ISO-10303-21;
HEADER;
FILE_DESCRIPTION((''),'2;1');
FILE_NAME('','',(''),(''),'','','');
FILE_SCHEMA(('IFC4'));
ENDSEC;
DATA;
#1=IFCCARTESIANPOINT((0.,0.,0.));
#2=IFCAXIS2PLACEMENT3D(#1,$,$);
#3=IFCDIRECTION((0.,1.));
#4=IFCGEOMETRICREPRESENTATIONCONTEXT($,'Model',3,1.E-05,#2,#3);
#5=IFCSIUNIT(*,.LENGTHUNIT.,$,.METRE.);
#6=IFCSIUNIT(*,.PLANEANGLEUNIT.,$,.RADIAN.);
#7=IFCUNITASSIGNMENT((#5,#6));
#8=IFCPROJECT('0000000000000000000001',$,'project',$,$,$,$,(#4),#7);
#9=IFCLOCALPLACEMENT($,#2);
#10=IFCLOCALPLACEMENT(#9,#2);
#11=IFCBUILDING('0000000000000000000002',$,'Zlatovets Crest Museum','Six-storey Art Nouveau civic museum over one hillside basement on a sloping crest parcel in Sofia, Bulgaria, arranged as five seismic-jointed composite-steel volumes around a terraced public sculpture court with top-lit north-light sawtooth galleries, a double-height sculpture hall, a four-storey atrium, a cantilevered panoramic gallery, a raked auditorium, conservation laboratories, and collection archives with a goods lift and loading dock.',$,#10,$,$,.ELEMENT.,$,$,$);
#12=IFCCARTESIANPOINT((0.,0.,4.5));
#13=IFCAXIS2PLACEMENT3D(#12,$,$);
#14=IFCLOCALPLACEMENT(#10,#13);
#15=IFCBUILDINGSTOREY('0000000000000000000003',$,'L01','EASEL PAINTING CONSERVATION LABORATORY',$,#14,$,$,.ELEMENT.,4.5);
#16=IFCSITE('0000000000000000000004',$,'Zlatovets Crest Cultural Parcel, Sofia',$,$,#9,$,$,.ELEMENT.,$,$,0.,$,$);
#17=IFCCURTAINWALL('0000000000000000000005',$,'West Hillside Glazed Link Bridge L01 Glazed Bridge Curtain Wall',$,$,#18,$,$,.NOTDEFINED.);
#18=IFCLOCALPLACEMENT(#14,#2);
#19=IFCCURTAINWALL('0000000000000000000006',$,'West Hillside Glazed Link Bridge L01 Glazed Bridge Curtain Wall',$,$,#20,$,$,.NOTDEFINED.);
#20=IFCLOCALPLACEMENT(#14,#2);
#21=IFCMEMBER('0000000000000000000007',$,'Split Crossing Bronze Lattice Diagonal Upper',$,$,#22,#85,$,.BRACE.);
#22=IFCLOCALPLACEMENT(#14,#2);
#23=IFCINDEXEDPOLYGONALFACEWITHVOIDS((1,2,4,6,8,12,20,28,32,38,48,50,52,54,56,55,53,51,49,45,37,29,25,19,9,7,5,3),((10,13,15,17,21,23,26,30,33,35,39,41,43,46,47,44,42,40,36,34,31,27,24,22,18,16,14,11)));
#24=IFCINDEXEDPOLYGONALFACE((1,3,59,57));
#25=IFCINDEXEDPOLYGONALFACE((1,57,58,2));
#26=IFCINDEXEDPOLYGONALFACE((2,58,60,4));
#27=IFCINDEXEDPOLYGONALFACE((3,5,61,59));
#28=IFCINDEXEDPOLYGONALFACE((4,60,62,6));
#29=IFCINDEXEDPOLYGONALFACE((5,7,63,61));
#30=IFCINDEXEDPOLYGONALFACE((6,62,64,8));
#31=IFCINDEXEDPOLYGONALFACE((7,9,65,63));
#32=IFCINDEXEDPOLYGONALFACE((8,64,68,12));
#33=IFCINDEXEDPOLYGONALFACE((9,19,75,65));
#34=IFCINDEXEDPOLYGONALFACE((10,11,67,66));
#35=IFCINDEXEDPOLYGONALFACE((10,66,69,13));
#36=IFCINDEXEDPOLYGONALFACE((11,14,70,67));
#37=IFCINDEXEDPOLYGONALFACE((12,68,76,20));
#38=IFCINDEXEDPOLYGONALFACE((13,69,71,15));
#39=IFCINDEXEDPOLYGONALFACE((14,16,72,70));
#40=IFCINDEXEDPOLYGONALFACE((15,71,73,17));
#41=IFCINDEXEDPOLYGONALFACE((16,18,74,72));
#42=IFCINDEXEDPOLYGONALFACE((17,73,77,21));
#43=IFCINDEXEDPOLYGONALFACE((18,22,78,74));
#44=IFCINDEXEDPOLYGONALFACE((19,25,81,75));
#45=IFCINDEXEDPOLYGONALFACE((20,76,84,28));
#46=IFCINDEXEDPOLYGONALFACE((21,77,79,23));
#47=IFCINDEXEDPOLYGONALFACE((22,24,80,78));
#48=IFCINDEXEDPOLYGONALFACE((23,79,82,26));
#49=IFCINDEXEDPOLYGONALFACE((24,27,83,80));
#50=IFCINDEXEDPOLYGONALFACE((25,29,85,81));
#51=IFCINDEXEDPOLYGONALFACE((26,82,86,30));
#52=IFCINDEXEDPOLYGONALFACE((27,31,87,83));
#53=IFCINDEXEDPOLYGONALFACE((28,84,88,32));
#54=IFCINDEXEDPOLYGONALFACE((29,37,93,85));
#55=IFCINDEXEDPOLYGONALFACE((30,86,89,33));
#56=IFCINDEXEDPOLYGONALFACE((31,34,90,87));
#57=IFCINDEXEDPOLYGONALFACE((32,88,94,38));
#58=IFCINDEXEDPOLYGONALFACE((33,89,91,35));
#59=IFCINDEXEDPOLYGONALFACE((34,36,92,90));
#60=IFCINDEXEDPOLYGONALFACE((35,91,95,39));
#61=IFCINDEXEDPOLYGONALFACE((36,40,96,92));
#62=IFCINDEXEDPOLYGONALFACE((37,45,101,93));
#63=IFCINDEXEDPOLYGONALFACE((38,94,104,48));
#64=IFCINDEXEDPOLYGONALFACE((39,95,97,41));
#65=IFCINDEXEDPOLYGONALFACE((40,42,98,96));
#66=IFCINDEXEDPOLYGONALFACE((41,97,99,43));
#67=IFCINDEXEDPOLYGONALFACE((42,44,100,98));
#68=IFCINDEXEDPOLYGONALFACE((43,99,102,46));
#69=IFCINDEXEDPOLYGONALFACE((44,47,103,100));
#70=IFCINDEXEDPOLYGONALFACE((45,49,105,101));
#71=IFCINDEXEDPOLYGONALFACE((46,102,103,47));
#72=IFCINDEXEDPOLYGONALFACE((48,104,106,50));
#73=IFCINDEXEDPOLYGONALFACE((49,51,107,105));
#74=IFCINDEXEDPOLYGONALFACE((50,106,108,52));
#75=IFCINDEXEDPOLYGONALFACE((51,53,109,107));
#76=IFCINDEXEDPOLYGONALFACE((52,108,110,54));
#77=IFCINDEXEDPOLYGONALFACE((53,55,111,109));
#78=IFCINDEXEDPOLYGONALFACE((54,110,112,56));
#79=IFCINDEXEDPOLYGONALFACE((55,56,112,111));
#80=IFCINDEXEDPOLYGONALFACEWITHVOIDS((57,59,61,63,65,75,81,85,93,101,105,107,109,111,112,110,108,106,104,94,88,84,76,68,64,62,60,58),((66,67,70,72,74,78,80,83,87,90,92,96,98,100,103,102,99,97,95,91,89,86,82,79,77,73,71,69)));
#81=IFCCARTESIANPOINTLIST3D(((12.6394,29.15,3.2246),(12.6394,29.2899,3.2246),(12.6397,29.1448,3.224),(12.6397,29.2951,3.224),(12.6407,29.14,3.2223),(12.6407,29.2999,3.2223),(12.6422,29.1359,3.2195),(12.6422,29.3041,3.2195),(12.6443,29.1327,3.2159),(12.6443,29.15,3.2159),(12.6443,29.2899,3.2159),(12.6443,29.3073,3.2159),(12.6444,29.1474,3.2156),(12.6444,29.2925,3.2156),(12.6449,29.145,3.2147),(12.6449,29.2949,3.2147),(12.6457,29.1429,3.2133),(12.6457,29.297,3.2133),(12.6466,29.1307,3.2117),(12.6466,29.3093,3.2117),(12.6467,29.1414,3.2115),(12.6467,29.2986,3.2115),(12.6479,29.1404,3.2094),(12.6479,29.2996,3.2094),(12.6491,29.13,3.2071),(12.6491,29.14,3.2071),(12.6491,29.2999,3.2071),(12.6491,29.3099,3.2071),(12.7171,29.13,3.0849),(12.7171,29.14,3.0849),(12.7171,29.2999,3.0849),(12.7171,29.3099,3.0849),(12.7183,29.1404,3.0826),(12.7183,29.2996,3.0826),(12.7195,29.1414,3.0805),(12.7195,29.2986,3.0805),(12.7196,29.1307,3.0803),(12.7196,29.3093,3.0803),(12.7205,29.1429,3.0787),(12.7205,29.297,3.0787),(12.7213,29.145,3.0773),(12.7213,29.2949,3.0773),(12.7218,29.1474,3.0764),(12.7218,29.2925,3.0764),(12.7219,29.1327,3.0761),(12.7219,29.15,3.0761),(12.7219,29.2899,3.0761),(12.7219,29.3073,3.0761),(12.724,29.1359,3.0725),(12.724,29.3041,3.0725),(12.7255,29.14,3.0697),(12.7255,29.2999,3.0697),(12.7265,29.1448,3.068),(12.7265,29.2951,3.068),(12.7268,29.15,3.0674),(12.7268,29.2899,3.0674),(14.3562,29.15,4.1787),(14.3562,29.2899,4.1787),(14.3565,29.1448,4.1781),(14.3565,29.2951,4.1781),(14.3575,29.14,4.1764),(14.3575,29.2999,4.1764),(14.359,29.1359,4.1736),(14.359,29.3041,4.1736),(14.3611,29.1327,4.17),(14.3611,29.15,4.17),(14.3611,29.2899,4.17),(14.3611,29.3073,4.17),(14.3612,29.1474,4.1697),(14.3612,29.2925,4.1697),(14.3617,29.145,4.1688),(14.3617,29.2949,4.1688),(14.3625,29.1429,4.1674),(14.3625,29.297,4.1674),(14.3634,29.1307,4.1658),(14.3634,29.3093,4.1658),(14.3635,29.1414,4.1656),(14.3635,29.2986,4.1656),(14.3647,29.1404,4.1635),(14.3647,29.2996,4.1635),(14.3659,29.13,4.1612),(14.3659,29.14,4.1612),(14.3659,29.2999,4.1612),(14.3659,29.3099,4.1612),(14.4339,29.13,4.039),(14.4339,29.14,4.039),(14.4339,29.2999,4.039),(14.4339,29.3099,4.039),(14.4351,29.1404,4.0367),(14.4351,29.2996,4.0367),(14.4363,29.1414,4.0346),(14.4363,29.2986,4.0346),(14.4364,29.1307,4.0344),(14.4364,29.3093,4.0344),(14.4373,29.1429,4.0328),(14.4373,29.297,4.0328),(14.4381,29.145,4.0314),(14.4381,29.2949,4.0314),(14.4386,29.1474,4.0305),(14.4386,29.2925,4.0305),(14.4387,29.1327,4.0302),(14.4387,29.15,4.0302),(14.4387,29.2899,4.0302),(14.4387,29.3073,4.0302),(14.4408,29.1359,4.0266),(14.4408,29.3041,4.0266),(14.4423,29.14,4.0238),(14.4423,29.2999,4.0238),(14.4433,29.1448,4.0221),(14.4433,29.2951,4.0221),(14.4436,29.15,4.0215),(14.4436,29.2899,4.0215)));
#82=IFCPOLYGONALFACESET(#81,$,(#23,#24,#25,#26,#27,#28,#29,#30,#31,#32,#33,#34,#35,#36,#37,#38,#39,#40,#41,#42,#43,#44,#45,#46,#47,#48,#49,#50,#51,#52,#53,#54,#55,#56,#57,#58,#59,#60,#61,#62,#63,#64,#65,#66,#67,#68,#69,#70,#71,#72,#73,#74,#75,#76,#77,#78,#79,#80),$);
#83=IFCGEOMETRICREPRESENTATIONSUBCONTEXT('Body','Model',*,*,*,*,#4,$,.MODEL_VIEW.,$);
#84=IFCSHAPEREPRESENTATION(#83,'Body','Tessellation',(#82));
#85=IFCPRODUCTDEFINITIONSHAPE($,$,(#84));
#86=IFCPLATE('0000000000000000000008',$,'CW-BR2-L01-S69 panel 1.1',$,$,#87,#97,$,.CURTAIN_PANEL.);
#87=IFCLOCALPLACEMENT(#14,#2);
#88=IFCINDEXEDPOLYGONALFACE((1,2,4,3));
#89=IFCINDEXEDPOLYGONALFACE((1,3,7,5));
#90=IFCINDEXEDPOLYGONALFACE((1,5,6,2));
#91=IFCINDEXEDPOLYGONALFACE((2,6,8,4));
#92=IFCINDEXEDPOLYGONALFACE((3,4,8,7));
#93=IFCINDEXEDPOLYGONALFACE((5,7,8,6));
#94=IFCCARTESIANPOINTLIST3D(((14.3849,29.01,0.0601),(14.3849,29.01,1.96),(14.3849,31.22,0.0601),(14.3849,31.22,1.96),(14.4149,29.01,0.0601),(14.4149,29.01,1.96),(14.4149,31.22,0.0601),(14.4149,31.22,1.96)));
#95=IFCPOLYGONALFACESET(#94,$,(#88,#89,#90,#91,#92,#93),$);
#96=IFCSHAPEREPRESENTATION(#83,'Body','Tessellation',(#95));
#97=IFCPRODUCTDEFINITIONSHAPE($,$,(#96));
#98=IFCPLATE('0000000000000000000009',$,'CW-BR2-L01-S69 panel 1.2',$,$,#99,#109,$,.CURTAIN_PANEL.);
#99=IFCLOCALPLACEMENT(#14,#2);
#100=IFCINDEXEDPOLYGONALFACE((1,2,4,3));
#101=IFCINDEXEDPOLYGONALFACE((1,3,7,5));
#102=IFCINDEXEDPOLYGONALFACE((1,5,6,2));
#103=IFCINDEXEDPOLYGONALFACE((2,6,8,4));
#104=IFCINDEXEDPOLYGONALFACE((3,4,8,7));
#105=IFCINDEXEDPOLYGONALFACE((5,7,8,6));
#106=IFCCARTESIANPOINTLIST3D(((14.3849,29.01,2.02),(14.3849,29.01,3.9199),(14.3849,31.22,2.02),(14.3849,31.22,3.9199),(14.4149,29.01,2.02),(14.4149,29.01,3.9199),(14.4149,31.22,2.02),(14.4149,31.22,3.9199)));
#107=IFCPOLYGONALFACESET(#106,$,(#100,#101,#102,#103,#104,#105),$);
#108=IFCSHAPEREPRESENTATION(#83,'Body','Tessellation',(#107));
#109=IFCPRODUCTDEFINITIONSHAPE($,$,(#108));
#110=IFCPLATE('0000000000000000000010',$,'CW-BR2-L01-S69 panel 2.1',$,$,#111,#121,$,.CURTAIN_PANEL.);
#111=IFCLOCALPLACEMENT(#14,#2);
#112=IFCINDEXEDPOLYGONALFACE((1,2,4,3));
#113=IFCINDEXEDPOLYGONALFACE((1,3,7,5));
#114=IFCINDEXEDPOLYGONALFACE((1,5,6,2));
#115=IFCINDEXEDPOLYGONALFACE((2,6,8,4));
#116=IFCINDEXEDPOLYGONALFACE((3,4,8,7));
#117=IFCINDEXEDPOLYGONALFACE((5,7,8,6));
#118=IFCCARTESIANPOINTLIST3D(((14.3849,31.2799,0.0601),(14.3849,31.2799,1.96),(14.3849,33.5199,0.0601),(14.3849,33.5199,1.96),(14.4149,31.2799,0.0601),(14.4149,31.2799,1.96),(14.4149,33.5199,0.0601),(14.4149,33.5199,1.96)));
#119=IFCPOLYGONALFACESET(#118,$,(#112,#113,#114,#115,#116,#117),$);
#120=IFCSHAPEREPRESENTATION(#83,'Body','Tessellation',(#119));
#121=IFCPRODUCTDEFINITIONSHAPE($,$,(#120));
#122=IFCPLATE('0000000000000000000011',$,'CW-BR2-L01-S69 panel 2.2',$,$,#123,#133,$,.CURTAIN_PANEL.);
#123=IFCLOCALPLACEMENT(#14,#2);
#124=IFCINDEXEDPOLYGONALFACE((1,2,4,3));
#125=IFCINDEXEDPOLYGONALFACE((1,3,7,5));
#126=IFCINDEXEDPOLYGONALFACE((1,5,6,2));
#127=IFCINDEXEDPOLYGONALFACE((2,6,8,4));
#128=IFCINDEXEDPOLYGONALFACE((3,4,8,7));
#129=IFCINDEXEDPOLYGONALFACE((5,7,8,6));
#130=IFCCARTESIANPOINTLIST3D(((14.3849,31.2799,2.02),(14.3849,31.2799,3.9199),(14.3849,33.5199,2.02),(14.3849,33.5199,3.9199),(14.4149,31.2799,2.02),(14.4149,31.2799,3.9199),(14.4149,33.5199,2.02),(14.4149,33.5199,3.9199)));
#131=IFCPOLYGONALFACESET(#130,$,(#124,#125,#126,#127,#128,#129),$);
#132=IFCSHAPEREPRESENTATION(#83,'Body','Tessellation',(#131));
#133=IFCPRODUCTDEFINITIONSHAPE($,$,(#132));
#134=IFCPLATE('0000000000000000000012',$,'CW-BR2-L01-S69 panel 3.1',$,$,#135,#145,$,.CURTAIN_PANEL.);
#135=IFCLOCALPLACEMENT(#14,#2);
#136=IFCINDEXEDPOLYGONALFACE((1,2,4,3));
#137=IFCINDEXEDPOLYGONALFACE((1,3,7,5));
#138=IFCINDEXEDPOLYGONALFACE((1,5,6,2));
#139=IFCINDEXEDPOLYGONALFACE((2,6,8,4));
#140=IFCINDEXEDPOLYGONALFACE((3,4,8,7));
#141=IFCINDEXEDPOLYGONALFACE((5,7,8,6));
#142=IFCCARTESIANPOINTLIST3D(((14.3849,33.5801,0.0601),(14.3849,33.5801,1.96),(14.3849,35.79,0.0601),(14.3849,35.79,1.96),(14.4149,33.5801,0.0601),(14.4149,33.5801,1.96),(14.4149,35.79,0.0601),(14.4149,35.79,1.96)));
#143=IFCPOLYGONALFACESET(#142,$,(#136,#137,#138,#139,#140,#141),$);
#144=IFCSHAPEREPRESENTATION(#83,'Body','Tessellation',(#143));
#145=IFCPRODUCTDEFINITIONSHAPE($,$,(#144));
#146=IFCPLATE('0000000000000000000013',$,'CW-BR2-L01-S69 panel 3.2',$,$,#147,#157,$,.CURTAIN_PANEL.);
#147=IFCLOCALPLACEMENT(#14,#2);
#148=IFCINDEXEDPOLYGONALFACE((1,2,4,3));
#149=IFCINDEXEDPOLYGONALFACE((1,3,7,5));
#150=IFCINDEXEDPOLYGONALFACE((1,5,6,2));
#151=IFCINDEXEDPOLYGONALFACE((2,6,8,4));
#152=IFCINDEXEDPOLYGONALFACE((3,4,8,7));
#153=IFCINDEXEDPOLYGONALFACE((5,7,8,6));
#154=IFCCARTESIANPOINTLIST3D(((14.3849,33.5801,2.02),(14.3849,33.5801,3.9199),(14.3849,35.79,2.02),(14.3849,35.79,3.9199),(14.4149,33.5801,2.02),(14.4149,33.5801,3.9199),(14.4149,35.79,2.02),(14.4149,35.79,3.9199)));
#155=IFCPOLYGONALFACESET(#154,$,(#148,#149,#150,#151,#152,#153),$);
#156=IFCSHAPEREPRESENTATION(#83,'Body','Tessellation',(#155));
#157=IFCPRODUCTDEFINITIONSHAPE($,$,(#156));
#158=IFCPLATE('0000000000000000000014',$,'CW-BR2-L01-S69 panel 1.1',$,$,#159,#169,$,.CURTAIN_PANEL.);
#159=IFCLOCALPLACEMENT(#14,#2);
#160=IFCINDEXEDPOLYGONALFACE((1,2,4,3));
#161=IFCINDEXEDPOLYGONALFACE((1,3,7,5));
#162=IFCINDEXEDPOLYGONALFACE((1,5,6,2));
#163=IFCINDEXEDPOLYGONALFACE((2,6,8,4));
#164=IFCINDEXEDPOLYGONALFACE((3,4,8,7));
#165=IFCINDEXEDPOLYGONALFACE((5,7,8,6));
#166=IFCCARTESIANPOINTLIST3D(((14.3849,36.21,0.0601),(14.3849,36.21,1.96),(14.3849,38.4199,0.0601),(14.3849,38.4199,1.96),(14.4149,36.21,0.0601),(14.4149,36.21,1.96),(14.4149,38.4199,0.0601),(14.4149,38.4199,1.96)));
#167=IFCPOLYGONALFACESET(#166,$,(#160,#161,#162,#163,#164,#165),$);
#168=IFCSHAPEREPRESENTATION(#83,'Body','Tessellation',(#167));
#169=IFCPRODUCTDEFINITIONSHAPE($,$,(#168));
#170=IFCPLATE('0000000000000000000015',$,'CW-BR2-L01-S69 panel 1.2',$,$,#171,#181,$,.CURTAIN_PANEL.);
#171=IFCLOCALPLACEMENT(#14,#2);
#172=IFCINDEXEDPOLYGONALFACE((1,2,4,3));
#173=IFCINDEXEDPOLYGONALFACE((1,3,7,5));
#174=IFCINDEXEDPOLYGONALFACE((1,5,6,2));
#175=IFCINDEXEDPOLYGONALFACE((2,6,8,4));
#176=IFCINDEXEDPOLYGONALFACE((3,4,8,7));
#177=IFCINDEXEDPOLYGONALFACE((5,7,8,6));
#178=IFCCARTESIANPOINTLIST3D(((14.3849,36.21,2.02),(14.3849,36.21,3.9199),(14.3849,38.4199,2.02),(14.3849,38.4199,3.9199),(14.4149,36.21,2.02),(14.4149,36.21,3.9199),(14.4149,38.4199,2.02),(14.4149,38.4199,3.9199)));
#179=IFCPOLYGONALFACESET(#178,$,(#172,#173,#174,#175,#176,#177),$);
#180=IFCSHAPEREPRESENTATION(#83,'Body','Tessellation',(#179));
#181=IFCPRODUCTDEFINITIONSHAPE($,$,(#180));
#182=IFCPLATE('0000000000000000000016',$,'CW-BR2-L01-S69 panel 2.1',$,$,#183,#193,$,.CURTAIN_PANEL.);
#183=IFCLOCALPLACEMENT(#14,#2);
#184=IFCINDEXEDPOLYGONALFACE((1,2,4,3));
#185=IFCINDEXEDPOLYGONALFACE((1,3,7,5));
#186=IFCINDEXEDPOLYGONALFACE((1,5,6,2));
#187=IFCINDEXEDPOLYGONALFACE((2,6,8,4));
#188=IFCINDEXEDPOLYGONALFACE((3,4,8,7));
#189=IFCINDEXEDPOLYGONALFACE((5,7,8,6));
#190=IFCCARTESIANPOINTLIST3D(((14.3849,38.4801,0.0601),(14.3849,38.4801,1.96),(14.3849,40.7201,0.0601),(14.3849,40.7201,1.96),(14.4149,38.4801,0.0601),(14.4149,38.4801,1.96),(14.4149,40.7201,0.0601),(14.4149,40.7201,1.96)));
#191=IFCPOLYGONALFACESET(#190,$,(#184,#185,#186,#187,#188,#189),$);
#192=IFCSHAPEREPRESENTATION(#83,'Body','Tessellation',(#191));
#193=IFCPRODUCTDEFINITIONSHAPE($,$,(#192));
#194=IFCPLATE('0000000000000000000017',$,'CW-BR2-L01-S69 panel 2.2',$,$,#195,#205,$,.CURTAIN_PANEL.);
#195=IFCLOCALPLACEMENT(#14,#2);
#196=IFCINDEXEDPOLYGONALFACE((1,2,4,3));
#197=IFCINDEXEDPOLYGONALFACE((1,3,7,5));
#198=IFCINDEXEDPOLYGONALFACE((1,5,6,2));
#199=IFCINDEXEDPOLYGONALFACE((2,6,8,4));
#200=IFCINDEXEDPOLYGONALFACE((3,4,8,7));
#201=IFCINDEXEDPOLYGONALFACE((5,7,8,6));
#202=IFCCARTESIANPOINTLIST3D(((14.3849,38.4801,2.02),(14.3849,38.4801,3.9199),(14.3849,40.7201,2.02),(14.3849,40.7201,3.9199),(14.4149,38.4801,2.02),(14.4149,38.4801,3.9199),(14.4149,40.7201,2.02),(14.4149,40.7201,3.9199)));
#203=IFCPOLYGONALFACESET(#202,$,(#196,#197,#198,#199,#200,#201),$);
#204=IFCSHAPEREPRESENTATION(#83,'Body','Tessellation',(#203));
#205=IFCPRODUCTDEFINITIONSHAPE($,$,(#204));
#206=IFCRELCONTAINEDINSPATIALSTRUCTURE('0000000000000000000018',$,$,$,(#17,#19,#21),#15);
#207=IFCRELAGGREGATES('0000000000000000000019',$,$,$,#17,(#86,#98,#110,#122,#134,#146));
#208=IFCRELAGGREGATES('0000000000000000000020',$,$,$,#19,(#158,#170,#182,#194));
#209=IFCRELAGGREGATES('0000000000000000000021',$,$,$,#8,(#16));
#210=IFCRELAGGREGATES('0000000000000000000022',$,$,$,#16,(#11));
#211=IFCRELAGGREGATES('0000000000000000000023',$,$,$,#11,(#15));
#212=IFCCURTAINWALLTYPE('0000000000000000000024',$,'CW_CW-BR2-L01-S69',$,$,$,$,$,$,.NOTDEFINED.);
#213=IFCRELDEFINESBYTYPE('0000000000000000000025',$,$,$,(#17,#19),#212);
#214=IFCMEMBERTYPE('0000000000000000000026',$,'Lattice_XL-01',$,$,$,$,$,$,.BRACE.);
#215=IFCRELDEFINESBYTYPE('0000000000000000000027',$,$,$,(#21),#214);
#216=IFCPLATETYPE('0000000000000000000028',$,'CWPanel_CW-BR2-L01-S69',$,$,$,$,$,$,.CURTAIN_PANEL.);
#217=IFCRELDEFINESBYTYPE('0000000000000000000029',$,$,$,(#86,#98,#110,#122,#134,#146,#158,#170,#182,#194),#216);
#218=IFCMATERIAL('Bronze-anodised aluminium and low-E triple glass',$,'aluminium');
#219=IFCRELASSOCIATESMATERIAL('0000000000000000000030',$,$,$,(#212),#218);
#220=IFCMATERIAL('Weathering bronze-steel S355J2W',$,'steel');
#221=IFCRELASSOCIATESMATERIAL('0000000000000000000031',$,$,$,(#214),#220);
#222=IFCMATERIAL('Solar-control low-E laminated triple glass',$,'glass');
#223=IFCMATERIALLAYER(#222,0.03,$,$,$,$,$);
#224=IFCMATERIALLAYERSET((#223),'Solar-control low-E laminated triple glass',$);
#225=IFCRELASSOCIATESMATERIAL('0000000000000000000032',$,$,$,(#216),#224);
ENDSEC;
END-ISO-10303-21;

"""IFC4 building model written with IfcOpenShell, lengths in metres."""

from ifc_helpers import new_model, si_unit, direction, frame, origin, origin_2d, place, context, subcontext, project, spatial, rectangle, hollow_rectangle, extrude, material, layer, layer_set, material_profile, profile_set, type_object, element, aggregate, save


model = new_model("IFC4")

# Units and contexts
model_context = context("Model", 3, precision=1e-05, world=origin(), true_north=direction((0.0, 1.0)))
body_context = subcontext(model_context, "Body", "Model", "MODEL_VIEW")
ifc_project = project(units=[si_unit("LENGTHUNIT", "METRE"), si_unit("PLANEANGLEUNIT", "RADIAN")], contexts=[model_context])

# Site, building, storey
site_placement = place(None, origin())
site = spatial("IfcSite", under=ifc_project, at=site_placement, Name="Zlatovets Crest Cultural Parcel, Sofia", CompositionType="ELEMENT", RefElevation=0.0)
building_placement = place(site_placement, origin())
building = spatial("IfcBuilding", under=site, at=building_placement, Name="Zlatovets Crest Museum", Description="Six-storey Art Nouveau civic museum over one hillside basement on a sloping crest parcel in Sofia, Bulgaria, arranged as five seismic-jointed composite-steel volumes around a terraced public sculpture court with top-lit north-light sawtooth galleries, a double-height sculpture hall, a four-storey atrium, a cantilevered panoramic gallery, a raked auditorium, conservation laboratories, and collection archives with a goods lift and loading dock.", CompositionType="ELEMENT")
storey_placement = place(building_placement, frame((0.0, 0.0, 4.5)))
storey = spatial("IfcBuildingStorey", under=building, at=storey_placement, Name="L01", Description="EASEL PAINTING CONSERVATION LABORATORY", CompositionType="ELEMENT", Elevation=4.5)

# Curtain walls
ifc_material_1 = material(Name="Bronze-anodised aluminium and low-E triple glass", Category="aluminium")
curtain_wall_type = type_object("IfcCurtainWallType", Name="CW_CW-BR2-L01-S69", PredefinedType="NOTDEFINED", material=ifc_material_1)
curtain_wall_1_placement = place(storey_placement, origin())
curtain_wall_1 = element("IfcCurtainWall", 1, at=curtain_wall_1_placement, inside=storey, type_object=curtain_wall_type, Name="West Hillside Glazed Link Bridge L01 Glazed Bridge Curtain Wall", PredefinedType="NOTDEFINED")
curtain_wall_2_placement = place(storey_placement, origin())
curtain_wall_2 = element("IfcCurtainWall", 2, at=curtain_wall_2_placement, inside=storey, type_object=curtain_wall_type, Name="West Hillside Glazed Link Bridge L01 Glazed Bridge Curtain Wall", PredefinedType="NOTDEFINED")

# Member
ifc_material_2 = material(Name="Weathering bronze-steel S355J2W", Category="steel")
ifc_material_profile_1 = material_profile(ifc_material_2, hollow_rectangle(XDim=0.1799, YDim=0.1799, WallThickness=0.01, InnerFilletRadius=0.01, OuterFilletRadius=0.02, at=origin_2d()), Name="SHS 180x180x10.0")
ifc_profile_set_1 = profile_set([ifc_material_profile_1], Name="Weathering bronze-steel S355J2W")
member_type_1 = type_object("IfcMemberType", Name="Lattice_XL-01", PredefinedType="BRACE", material=ifc_profile_set_1)
member_1_placement = place(storey_placement, frame((14.3999, 29.22, 4.1001), z_axis=(-0.874087, 0.0, -0.48577), x_axis=(0.0, -1.0, 0.0)))
element("IfcMember", 3, at=member_1_placement, inside=storey, type_object=member_type_1, Name="Split Crossing Bronze Lattice Diagonal Upper", PredefinedType="BRACE", context=body_context, shape_type="SweptSolid", body=[
    extrude(hollow_rectangle(XDim=0.1799, YDim=0.1799, WallThickness=0.01, InnerFilletRadius=0.01, OuterFilletRadius=0.02, at=origin_2d()), origin(), (0.0, 0.0, 1.0), 1.9641),
])

# Plates
ifc_material_3 = material(Name="Solar-control low-E laminated triple glass", Category="glass")
ifc_layer = layer(ifc_material_3, 0.03)
ifc_layer_set = layer_set([ifc_layer], Name="Solar-control low-E laminated triple glass")
plate_type = type_object("IfcPlateType", Name="CWPanel_CW-BR2-L01-S69", PredefinedType="CURTAIN_PANEL", material=ifc_layer_set)
plate_1_placement = place(storey_placement, frame((14.3999, 30.115, 0.0601), z_axis=(0.0, 0.0, 1.0), x_axis=(0.0, 1.0, 0.0)))
plate_1 = element("IfcPlate", 4, at=plate_1_placement, type_object=plate_type, Name="CW-BR2-L01-S69 panel 1.1", PredefinedType="CURTAIN_PANEL", context=body_context, shape_type="SweptSolid", body=[
    extrude(rectangle(XDim=2.21, YDim=0.03, at=origin_2d()), origin(), (0.0, 0.0, 1.0), 1.8999),
])
plate_2_placement = place(storey_placement, frame((14.3999, 30.115, 2.02), z_axis=(0.0, 0.0, 1.0), x_axis=(0.0, 1.0, 0.0)))
plate_2 = element("IfcPlate", 5, at=plate_2_placement, type_object=plate_type, Name="CW-BR2-L01-S69 panel 1.2", PredefinedType="CURTAIN_PANEL", context=body_context, shape_type="SweptSolid", body=[
    extrude(rectangle(XDim=2.21, YDim=0.03, at=origin_2d()), origin(), (0.0, 0.0, 1.0), 1.8999),
])
plate_3_placement = place(storey_placement, frame((14.3999, 32.3999, 0.0601), z_axis=(0.0, 0.0, 1.0), x_axis=(0.0, 1.0, 0.0)))
plate_3 = element("IfcPlate", 6, at=plate_3_placement, type_object=plate_type, Name="CW-BR2-L01-S69 panel 2.1", PredefinedType="CURTAIN_PANEL", context=body_context, shape_type="SweptSolid", body=[
    extrude(rectangle(XDim=2.24, YDim=0.03, at=origin_2d()), origin(), (0.0, 0.0, 1.0), 1.8999),
])
plate_4_placement = place(storey_placement, frame((14.3999, 32.3999, 2.02), z_axis=(0.0, 0.0, 1.0), x_axis=(0.0, 1.0, 0.0)))
plate_4 = element("IfcPlate", 7, at=plate_4_placement, type_object=plate_type, Name="CW-BR2-L01-S69 panel 2.2", PredefinedType="CURTAIN_PANEL", context=body_context, shape_type="SweptSolid", body=[
    extrude(rectangle(XDim=2.24, YDim=0.03, at=origin_2d()), origin(), (0.0, 0.0, 1.0), 1.8999),
])
plate_5_placement = place(storey_placement, frame((14.3999, 34.6851, 0.0601), z_axis=(0.0, 0.0, 1.0), x_axis=(0.0, 1.0, 0.0)))
plate_5 = element("IfcPlate", 8, at=plate_5_placement, type_object=plate_type, Name="CW-BR2-L01-S69 panel 3.1", PredefinedType="CURTAIN_PANEL", context=body_context, shape_type="SweptSolid", body=[
    extrude(rectangle(XDim=2.21, YDim=0.03, at=origin_2d()), origin(), (0.0, 0.0, 1.0), 1.8999),
])
plate_6_placement = place(storey_placement, frame((14.3999, 34.6851, 2.02), z_axis=(0.0, 0.0, 1.0), x_axis=(0.0, 1.0, 0.0)))
plate_6 = element("IfcPlate", 9, at=plate_6_placement, type_object=plate_type, Name="CW-BR2-L01-S69 panel 3.2", PredefinedType="CURTAIN_PANEL", context=body_context, shape_type="SweptSolid", body=[
    extrude(rectangle(XDim=2.21, YDim=0.03, at=origin_2d()), origin(), (0.0, 0.0, 1.0), 1.8999),
])
aggregate(curtain_wall_1, [plate_1, plate_2, plate_3, plate_4, plate_5, plate_6])
plate_7_placement = place(storey_placement, frame((14.3999, 37.3149, 0.0601), z_axis=(0.0, 0.0, 1.0), x_axis=(0.0, 1.0, 0.0)))
plate_7 = element("IfcPlate", 10, at=plate_7_placement, type_object=plate_type, Name="CW-BR2-L01-S69 panel 1.1", PredefinedType="CURTAIN_PANEL", context=body_context, shape_type="SweptSolid", body=[
    extrude(rectangle(XDim=2.21, YDim=0.03, at=origin_2d()), origin(), (0.0, 0.0, 1.0), 1.8999),
])
plate_8_placement = place(storey_placement, frame((14.3999, 37.3149, 2.02), z_axis=(0.0, 0.0, 1.0), x_axis=(0.0, 1.0, 0.0)))
plate_8 = element("IfcPlate", 11, at=plate_8_placement, type_object=plate_type, Name="CW-BR2-L01-S69 panel 1.2", PredefinedType="CURTAIN_PANEL", context=body_context, shape_type="SweptSolid", body=[
    extrude(rectangle(XDim=2.21, YDim=0.03, at=origin_2d()), origin(), (0.0, 0.0, 1.0), 1.8999),
])
plate_9_placement = place(storey_placement, frame((14.3999, 39.6001, 0.0601), z_axis=(0.0, 0.0, 1.0), x_axis=(0.0, 1.0, 0.0)))
plate_9 = element("IfcPlate", 12, at=plate_9_placement, type_object=plate_type, Name="CW-BR2-L01-S69 panel 2.1", PredefinedType="CURTAIN_PANEL", context=body_context, shape_type="SweptSolid", body=[
    extrude(rectangle(XDim=2.24, YDim=0.03, at=origin_2d()), origin(), (0.0, 0.0, 1.0), 1.8999),
])
plate_10_placement = place(storey_placement, frame((14.3999, 39.6001, 2.02), z_axis=(0.0, 0.0, 1.0), x_axis=(0.0, 1.0, 0.0)))
plate_10 = element("IfcPlate", 13, at=plate_10_placement, type_object=plate_type, Name="CW-BR2-L01-S69 panel 2.2", PredefinedType="CURTAIN_PANEL", context=body_context, shape_type="SweptSolid", body=[
    extrude(rectangle(XDim=2.24, YDim=0.03, at=origin_2d()), origin(), (0.0, 0.0, 1.0), 1.8999),
])
aggregate(curtain_wall_2, [plate_7, plate_8, plate_9, plate_10])

save(model, "model.ifc")
